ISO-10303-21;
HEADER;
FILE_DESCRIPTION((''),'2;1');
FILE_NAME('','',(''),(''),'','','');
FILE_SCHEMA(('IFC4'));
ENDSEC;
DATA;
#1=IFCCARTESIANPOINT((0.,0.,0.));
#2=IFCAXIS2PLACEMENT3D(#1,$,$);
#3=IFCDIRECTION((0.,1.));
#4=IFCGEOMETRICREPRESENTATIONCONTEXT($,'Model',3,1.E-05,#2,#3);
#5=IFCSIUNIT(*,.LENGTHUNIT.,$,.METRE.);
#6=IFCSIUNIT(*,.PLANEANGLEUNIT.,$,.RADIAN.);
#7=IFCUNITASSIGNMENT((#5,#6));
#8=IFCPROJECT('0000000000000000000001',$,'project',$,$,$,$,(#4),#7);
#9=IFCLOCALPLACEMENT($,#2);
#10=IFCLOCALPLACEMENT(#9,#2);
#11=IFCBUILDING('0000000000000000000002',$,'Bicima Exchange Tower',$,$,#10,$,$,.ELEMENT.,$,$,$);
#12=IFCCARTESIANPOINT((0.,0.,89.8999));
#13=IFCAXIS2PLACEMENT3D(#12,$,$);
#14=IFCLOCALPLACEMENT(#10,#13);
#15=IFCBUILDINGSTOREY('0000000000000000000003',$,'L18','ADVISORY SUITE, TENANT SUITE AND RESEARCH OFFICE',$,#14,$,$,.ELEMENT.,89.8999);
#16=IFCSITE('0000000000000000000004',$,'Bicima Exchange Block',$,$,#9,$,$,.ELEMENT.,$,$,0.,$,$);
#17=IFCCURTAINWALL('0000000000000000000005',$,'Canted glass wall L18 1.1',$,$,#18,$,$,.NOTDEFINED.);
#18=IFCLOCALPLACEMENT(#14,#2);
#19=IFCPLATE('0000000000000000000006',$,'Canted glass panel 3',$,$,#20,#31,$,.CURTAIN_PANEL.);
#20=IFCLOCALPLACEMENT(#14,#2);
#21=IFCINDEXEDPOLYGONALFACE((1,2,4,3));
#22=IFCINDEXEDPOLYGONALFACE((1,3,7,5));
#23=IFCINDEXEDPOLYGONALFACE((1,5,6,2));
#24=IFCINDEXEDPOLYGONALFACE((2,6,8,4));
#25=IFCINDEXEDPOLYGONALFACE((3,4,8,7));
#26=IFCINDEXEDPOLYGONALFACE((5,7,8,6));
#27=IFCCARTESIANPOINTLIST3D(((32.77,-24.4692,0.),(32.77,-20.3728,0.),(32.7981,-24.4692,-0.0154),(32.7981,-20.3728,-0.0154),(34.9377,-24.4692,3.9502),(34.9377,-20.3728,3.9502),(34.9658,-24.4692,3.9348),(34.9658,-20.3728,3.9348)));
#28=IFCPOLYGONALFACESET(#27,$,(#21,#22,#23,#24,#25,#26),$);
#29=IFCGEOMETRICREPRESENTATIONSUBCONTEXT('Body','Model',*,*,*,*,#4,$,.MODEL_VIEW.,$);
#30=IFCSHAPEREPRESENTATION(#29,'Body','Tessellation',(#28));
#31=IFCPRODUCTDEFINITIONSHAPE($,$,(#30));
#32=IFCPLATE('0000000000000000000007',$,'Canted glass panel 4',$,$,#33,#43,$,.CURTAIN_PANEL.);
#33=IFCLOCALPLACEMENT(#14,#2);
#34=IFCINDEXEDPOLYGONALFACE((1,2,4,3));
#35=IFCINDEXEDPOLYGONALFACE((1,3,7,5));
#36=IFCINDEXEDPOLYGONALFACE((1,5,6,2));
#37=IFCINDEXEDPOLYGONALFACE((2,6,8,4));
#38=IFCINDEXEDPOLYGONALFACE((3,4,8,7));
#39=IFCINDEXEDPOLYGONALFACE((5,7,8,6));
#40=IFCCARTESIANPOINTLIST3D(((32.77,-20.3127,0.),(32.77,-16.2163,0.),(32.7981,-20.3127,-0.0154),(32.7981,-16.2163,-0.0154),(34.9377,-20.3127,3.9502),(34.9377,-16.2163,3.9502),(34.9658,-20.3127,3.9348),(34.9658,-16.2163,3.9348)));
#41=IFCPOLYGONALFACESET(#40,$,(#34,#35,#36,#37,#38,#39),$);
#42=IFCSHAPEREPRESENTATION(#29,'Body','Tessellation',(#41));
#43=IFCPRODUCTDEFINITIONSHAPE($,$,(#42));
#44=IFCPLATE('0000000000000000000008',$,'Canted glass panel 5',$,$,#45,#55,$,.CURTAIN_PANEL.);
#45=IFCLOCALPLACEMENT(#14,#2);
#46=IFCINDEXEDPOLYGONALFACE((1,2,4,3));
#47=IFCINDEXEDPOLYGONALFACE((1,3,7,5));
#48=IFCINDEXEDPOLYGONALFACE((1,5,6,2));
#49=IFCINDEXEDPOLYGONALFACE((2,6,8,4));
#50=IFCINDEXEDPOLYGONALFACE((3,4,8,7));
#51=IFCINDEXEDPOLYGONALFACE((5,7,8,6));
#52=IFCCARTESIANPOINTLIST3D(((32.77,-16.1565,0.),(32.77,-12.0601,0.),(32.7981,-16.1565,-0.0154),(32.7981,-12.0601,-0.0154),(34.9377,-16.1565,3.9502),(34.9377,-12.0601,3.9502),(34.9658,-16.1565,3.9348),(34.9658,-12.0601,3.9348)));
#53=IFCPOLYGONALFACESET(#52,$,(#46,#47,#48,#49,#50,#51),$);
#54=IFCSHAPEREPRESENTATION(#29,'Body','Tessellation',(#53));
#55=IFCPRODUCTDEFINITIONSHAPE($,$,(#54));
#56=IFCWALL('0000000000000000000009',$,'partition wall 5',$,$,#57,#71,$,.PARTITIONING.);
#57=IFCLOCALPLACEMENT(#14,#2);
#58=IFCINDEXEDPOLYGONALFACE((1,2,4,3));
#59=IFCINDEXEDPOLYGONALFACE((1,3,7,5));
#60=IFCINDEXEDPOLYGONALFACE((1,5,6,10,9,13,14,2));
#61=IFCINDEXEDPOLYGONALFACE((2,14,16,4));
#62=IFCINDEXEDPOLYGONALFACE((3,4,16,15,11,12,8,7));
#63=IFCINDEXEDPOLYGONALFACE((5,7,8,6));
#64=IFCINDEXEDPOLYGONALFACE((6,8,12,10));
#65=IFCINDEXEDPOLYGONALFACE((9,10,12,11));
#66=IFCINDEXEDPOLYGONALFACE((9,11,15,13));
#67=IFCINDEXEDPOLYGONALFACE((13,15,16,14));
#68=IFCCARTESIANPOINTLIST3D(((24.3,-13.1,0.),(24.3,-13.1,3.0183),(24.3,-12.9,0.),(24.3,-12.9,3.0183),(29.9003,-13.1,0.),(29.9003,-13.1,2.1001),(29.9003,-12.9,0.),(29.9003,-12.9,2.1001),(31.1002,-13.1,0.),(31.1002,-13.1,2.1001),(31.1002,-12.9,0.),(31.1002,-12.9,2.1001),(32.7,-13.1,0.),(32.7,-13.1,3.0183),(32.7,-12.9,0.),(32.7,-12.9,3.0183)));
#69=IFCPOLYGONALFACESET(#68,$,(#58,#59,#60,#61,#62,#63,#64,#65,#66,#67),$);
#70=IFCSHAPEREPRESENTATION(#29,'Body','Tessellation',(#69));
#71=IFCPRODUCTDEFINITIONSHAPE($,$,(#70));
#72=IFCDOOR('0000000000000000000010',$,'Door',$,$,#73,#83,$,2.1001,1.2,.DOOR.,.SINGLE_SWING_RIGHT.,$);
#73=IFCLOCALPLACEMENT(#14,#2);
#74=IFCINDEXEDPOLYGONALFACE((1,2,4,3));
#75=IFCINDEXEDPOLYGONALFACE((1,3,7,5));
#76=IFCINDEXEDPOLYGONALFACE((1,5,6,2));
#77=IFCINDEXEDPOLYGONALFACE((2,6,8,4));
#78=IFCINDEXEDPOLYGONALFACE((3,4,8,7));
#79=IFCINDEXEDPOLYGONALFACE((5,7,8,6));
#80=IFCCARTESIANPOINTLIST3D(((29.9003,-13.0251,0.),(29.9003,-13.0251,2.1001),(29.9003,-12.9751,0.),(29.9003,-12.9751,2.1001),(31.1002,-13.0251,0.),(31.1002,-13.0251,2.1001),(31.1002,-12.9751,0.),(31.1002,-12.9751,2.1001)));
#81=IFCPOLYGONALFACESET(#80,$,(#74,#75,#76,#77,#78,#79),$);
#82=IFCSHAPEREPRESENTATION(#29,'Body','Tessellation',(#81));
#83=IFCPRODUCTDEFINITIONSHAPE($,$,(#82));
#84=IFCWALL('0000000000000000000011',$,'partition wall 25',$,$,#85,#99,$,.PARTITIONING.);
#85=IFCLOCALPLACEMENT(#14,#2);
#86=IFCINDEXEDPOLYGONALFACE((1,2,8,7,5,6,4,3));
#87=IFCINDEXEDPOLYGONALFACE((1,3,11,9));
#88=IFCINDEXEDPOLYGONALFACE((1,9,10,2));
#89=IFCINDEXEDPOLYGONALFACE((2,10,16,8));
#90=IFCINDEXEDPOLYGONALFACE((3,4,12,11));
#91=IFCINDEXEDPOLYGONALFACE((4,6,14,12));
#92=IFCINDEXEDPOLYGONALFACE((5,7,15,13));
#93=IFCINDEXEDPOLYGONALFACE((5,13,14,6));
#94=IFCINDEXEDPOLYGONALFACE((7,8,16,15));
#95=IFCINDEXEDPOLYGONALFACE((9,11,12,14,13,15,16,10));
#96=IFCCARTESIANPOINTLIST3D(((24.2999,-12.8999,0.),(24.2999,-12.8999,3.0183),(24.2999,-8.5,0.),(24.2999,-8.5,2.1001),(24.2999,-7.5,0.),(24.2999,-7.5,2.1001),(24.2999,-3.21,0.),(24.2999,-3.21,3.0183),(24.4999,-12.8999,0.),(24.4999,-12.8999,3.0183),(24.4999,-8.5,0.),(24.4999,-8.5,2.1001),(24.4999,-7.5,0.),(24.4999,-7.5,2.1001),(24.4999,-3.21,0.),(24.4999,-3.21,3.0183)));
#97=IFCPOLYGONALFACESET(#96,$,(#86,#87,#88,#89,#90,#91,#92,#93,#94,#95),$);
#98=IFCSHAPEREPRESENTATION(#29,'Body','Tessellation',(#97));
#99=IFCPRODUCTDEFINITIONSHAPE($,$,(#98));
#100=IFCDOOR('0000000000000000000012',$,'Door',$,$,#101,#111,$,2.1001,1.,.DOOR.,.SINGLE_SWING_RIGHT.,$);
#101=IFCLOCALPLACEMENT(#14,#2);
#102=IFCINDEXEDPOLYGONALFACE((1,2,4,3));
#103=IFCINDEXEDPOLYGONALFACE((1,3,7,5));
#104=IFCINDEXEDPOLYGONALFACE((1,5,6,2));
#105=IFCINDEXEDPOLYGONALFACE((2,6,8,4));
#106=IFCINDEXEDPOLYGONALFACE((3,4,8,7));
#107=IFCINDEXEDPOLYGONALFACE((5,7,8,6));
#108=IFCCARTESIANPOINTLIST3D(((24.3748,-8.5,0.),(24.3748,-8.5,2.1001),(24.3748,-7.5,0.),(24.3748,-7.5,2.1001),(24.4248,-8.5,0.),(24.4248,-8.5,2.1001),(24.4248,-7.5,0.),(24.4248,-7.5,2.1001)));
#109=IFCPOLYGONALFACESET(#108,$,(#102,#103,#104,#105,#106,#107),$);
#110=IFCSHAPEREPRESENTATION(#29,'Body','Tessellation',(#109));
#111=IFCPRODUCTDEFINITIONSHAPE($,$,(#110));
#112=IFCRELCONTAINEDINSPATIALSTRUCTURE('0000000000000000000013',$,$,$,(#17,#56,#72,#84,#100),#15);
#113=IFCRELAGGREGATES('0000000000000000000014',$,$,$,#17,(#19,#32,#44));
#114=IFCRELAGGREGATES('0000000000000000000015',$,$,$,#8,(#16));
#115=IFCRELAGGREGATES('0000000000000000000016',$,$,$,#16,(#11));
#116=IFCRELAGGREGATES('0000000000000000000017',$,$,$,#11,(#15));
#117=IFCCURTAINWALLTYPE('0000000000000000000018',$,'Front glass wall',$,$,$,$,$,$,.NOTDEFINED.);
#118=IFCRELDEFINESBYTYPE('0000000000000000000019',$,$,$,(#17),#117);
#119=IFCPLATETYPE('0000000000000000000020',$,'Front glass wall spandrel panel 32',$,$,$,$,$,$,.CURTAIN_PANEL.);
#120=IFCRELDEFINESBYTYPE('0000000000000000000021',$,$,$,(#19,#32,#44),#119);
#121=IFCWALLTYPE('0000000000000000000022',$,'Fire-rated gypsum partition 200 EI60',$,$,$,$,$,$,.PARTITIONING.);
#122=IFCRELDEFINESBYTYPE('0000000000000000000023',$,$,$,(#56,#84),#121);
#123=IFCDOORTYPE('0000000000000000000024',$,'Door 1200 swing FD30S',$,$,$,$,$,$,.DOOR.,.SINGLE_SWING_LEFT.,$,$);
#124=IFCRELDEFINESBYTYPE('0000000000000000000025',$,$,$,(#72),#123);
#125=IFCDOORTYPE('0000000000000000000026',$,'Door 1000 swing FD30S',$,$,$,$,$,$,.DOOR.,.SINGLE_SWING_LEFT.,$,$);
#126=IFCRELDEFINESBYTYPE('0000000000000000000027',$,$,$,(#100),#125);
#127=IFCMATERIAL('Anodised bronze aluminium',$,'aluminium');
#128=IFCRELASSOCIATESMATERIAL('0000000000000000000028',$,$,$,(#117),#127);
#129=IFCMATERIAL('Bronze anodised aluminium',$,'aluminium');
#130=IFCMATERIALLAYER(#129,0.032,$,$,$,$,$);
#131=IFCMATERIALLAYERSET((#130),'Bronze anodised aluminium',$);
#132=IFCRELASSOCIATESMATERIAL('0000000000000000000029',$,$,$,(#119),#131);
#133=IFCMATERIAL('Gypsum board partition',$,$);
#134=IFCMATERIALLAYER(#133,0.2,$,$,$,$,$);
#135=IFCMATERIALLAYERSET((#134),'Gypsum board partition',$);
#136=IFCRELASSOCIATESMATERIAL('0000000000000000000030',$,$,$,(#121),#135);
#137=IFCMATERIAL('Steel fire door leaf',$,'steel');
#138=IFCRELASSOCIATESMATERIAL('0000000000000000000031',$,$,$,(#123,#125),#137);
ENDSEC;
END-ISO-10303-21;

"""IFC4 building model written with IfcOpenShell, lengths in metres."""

from ifc_helpers import new_model, si_unit, direction, frame, frame_2d, origin, place, context, subcontext, project, spatial, polyline, rectangle, outline, extrude, material, layer, layer_set, type_object, element, fill, aggregate, save


model = new_model("IFC4")

# Units and contexts
model_context = context("Model", 3, precision=1e-05, world=origin(), true_north=direction((0.0, 1.0)))
body_context = subcontext(model_context, "Body", "Model", "MODEL_VIEW")
ifc_project = project(units=[si_unit("LENGTHUNIT", "METRE"), si_unit("PLANEANGLEUNIT", "RADIAN")], contexts=[model_context])

# Site, building, storey
site_placement = place(None, origin())
site = spatial("IfcSite", under=ifc_project, at=site_placement, Name="Bicima Exchange Block", CompositionType="ELEMENT", RefElevation=0.0)
building_placement = place(site_placement, origin())
building = spatial("IfcBuilding", under=site, at=building_placement, Name="Bicima Exchange Tower", CompositionType="ELEMENT")
storey_placement = place(building_placement, frame((0.0, 0.0, 89.8999)))
storey = spatial("IfcBuildingStorey", under=building, at=storey_placement, Name="L18", Description="ADVISORY SUITE, TENANT SUITE AND RESEARCH OFFICE", CompositionType="ELEMENT", Elevation=89.8999)

# Curtain wall
ifc_material_1 = material(Name="Anodised bronze aluminium", Category="aluminium")
curtain_wall_type = type_object("IfcCurtainWallType", Name="Front glass wall", PredefinedType="NOTDEFINED", material=ifc_material_1)
curtain_wall_placement = place(storey_placement, origin())
curtain_wall = element("IfcCurtainWall", 1, at=curtain_wall_placement, inside=storey, type_object=curtain_wall_type, Name="Canted glass wall L18 1.1", PredefinedType="NOTDEFINED")

# Plates
ifc_material_2 = material(Name="Bronze anodised aluminium", Category="aluminium")
ifc_layer_1 = layer(ifc_material_2, 0.032)
ifc_layer_set_1 = layer_set([ifc_layer_1], Name="Bronze anodised aluminium")
plate_type = type_object("IfcPlateType", Name="Front glass wall spandrel panel 32", PredefinedType="CURTAIN_PANEL", material=ifc_layer_set_1)
plate_1_placement = place(storey_placement, frame((32.77, -24.4692, 0.0), z_axis=(-0.876673, 0.0, 0.481087), x_axis=(0.0, 1.0, 0.0)))
plate_1 = element("IfcPlate", 2, at=plate_1_placement, type_object=plate_type, Name="Canted glass panel 3", PredefinedType="CURTAIN_PANEL", context=body_context, shape_type="SweptSolid", body=[
    extrude(outline(polyline([(0.0, 0.0), (4.0964, 0.0), (4.0964, -4.5059), (0.0, -4.5059), (0.0, 0.0)])), origin(), (0.0, 0.0, -1.0), 0.032),
])
plate_2_placement = place(storey_placement, frame((32.77, -20.3127, 0.0), z_axis=(-0.876673, 0.0, 0.481087), x_axis=(0.0, 1.0, 0.0)))
plate_2 = element("IfcPlate", 3, at=plate_2_placement, type_object=plate_type, Name="Canted glass panel 4", PredefinedType="CURTAIN_PANEL", context=body_context, shape_type="SweptSolid", body=[
    extrude(outline(polyline([(0.0, 0.0), (4.0964, 0.0), (4.0964, -4.5059), (0.0, -4.5059), (0.0, 0.0)])), origin(), (0.0, 0.0, -1.0), 0.032),
])
plate_3_placement = place(storey_placement, frame((32.77, -16.1565, 0.0), z_axis=(-0.876673, 0.0, 0.481087), x_axis=(0.0, 1.0, 0.0)))
plate_3 = element("IfcPlate", 4, at=plate_3_placement, type_object=plate_type, Name="Canted glass panel 5", PredefinedType="CURTAIN_PANEL", context=body_context, shape_type="SweptSolid", body=[
    extrude(outline(polyline([(0.0, 0.0), (4.0964, 0.0), (4.0964, -4.5059), (0.0, -4.5059), (0.0, 0.0)])), origin(), (0.0, 0.0, -1.0), 0.032),
])
aggregate(curtain_wall, [plate_1, plate_2, plate_3])

# Walls, openings, doors
ifc_material_3 = material(Name="Gypsum board partition")
ifc_layer_2 = layer(ifc_material_3, 0.2)
ifc_layer_set_2 = layer_set([ifc_layer_2], Name="Gypsum board partition")
wall_type = type_object("IfcWallType", Name="Fire-rated gypsum partition 200 EI60", PredefinedType="PARTITIONING", material=ifc_layer_set_2)
wall_1_placement = place(storey_placement, frame((24.3, -13.0, 0.0), z_axis=(0.0, 0.0, 1.0), x_axis=(1.0, 0.0, 0.0)))
wall_1 = element("IfcWall", 5, at=wall_1_placement, inside=storey, type_object=wall_type, Name="partition wall 5", PredefinedType="PARTITIONING", context=body_context, shape_type="SweptSolid", body=[
    extrude(rectangle(XDim=8.3999, YDim=0.2, at=frame_2d((4.2, 0.0))), origin(), (0.0, 0.0, 1.0), 3.0183),
])
opening_1_placement = place(wall_1_placement, frame((5.6001, 0.0, 0.0)))
opening_1 = element("IfcOpeningElement", 6, at=opening_1_placement, cuts=wall_1, PredefinedType="OPENING", context=body_context, shape_type="SweptSolid", body=[
    extrude(rectangle(XDim=1.2, YDim=2.1001, at=frame_2d((0.6001, 1.05))), frame((0.0, 0.1118, 0.0), z_axis=(0.0, -1.0, 0.0), x_axis=(1.0, 0.0, 0.0)), (0.0, 0.0, 1.0), 0.2239),
])
ifc_material_4 = material(Name="Steel fire door leaf", Category="steel")
door_type_1 = type_object("IfcDoorType", Name="Door 1200 swing FD30S", OperationType="SINGLE_SWING_LEFT", PredefinedType="DOOR", material=ifc_material_4)
door_1_placement = place(opening_1_placement, origin())
door_1 = element("IfcDoor", 7, at=door_1_placement, inside=storey, type_object=door_type_1, Name="Door", OperationType="SINGLE_SWING_RIGHT", OverallHeight=2.1001, OverallWidth=1.2, PredefinedType="DOOR", context=body_context, shape_type="SweptSolid", body=[
    extrude(rectangle(XDim=1.2, YDim=2.1001, at=frame_2d((0.6001, 1.05))), frame((0.0, 0.0249, 0.0), z_axis=(0.0, -1.0, 0.0), x_axis=(1.0, 0.0, 0.0)), (0.0, 0.0, 1.0), 0.05),
])
fill(opening_1, door_1)
wall_2_placement = place(storey_placement, frame((24.3999, -12.8999, 0.0), z_axis=(0.0, 0.0, 1.0), x_axis=(0.0, 1.0, 0.0)))
wall_2 = element("IfcWall", 8, at=wall_2_placement, inside=storey, type_object=wall_type, Name="partition wall 25", PredefinedType="PARTITIONING", context=body_context, shape_type="SweptSolid", body=[
    extrude(rectangle(XDim=9.6899, YDim=0.2, at=frame_2d((4.845, 0.0))), origin(), (0.0, 0.0, 1.0), 3.0183),
])
opening_2_placement = place(wall_2_placement, frame((4.3999, 0.0, 0.0)))
opening_2 = element("IfcOpeningElement", 9, at=opening_2_placement, cuts=wall_2, PredefinedType="OPENING", context=body_context, shape_type="SweptSolid", body=[
    extrude(rectangle(XDim=1.0, YDim=2.1001, at=frame_2d((0.5, 1.05))), frame((0.0, 0.1118, 0.0), z_axis=(0.0, -1.0, 0.0), x_axis=(1.0, 0.0, 0.0)), (0.0, 0.0, 1.0), 0.2239),
])
door_type_2 = type_object("IfcDoorType", Name="Door 1000 swing FD30S", OperationType="SINGLE_SWING_LEFT", PredefinedType="DOOR", material=ifc_material_4)
door_2_placement = place(opening_2_placement, frame((1.0, 0.0, 0.0), z_axis=(0.0, 0.0, 1.0), x_axis=(-1.0, 0.0, 0.0)))
door_2 = element("IfcDoor", 10, at=door_2_placement, inside=storey, type_object=door_type_2, Name="Door", OperationType="SINGLE_SWING_RIGHT", OverallHeight=2.1001, OverallWidth=1.0, PredefinedType="DOOR", context=body_context, shape_type="SweptSolid", body=[
    extrude(rectangle(XDim=1.0, YDim=2.1001, at=frame_2d((0.5, 1.05))), frame((0.0, 0.0249, 0.0), z_axis=(0.0, -1.0, 0.0), x_axis=(1.0, 0.0, 0.0)), (0.0, 0.0, 1.0), 0.05),
])
fill(opening_2, door_2)

save(model, "model.ifc")
